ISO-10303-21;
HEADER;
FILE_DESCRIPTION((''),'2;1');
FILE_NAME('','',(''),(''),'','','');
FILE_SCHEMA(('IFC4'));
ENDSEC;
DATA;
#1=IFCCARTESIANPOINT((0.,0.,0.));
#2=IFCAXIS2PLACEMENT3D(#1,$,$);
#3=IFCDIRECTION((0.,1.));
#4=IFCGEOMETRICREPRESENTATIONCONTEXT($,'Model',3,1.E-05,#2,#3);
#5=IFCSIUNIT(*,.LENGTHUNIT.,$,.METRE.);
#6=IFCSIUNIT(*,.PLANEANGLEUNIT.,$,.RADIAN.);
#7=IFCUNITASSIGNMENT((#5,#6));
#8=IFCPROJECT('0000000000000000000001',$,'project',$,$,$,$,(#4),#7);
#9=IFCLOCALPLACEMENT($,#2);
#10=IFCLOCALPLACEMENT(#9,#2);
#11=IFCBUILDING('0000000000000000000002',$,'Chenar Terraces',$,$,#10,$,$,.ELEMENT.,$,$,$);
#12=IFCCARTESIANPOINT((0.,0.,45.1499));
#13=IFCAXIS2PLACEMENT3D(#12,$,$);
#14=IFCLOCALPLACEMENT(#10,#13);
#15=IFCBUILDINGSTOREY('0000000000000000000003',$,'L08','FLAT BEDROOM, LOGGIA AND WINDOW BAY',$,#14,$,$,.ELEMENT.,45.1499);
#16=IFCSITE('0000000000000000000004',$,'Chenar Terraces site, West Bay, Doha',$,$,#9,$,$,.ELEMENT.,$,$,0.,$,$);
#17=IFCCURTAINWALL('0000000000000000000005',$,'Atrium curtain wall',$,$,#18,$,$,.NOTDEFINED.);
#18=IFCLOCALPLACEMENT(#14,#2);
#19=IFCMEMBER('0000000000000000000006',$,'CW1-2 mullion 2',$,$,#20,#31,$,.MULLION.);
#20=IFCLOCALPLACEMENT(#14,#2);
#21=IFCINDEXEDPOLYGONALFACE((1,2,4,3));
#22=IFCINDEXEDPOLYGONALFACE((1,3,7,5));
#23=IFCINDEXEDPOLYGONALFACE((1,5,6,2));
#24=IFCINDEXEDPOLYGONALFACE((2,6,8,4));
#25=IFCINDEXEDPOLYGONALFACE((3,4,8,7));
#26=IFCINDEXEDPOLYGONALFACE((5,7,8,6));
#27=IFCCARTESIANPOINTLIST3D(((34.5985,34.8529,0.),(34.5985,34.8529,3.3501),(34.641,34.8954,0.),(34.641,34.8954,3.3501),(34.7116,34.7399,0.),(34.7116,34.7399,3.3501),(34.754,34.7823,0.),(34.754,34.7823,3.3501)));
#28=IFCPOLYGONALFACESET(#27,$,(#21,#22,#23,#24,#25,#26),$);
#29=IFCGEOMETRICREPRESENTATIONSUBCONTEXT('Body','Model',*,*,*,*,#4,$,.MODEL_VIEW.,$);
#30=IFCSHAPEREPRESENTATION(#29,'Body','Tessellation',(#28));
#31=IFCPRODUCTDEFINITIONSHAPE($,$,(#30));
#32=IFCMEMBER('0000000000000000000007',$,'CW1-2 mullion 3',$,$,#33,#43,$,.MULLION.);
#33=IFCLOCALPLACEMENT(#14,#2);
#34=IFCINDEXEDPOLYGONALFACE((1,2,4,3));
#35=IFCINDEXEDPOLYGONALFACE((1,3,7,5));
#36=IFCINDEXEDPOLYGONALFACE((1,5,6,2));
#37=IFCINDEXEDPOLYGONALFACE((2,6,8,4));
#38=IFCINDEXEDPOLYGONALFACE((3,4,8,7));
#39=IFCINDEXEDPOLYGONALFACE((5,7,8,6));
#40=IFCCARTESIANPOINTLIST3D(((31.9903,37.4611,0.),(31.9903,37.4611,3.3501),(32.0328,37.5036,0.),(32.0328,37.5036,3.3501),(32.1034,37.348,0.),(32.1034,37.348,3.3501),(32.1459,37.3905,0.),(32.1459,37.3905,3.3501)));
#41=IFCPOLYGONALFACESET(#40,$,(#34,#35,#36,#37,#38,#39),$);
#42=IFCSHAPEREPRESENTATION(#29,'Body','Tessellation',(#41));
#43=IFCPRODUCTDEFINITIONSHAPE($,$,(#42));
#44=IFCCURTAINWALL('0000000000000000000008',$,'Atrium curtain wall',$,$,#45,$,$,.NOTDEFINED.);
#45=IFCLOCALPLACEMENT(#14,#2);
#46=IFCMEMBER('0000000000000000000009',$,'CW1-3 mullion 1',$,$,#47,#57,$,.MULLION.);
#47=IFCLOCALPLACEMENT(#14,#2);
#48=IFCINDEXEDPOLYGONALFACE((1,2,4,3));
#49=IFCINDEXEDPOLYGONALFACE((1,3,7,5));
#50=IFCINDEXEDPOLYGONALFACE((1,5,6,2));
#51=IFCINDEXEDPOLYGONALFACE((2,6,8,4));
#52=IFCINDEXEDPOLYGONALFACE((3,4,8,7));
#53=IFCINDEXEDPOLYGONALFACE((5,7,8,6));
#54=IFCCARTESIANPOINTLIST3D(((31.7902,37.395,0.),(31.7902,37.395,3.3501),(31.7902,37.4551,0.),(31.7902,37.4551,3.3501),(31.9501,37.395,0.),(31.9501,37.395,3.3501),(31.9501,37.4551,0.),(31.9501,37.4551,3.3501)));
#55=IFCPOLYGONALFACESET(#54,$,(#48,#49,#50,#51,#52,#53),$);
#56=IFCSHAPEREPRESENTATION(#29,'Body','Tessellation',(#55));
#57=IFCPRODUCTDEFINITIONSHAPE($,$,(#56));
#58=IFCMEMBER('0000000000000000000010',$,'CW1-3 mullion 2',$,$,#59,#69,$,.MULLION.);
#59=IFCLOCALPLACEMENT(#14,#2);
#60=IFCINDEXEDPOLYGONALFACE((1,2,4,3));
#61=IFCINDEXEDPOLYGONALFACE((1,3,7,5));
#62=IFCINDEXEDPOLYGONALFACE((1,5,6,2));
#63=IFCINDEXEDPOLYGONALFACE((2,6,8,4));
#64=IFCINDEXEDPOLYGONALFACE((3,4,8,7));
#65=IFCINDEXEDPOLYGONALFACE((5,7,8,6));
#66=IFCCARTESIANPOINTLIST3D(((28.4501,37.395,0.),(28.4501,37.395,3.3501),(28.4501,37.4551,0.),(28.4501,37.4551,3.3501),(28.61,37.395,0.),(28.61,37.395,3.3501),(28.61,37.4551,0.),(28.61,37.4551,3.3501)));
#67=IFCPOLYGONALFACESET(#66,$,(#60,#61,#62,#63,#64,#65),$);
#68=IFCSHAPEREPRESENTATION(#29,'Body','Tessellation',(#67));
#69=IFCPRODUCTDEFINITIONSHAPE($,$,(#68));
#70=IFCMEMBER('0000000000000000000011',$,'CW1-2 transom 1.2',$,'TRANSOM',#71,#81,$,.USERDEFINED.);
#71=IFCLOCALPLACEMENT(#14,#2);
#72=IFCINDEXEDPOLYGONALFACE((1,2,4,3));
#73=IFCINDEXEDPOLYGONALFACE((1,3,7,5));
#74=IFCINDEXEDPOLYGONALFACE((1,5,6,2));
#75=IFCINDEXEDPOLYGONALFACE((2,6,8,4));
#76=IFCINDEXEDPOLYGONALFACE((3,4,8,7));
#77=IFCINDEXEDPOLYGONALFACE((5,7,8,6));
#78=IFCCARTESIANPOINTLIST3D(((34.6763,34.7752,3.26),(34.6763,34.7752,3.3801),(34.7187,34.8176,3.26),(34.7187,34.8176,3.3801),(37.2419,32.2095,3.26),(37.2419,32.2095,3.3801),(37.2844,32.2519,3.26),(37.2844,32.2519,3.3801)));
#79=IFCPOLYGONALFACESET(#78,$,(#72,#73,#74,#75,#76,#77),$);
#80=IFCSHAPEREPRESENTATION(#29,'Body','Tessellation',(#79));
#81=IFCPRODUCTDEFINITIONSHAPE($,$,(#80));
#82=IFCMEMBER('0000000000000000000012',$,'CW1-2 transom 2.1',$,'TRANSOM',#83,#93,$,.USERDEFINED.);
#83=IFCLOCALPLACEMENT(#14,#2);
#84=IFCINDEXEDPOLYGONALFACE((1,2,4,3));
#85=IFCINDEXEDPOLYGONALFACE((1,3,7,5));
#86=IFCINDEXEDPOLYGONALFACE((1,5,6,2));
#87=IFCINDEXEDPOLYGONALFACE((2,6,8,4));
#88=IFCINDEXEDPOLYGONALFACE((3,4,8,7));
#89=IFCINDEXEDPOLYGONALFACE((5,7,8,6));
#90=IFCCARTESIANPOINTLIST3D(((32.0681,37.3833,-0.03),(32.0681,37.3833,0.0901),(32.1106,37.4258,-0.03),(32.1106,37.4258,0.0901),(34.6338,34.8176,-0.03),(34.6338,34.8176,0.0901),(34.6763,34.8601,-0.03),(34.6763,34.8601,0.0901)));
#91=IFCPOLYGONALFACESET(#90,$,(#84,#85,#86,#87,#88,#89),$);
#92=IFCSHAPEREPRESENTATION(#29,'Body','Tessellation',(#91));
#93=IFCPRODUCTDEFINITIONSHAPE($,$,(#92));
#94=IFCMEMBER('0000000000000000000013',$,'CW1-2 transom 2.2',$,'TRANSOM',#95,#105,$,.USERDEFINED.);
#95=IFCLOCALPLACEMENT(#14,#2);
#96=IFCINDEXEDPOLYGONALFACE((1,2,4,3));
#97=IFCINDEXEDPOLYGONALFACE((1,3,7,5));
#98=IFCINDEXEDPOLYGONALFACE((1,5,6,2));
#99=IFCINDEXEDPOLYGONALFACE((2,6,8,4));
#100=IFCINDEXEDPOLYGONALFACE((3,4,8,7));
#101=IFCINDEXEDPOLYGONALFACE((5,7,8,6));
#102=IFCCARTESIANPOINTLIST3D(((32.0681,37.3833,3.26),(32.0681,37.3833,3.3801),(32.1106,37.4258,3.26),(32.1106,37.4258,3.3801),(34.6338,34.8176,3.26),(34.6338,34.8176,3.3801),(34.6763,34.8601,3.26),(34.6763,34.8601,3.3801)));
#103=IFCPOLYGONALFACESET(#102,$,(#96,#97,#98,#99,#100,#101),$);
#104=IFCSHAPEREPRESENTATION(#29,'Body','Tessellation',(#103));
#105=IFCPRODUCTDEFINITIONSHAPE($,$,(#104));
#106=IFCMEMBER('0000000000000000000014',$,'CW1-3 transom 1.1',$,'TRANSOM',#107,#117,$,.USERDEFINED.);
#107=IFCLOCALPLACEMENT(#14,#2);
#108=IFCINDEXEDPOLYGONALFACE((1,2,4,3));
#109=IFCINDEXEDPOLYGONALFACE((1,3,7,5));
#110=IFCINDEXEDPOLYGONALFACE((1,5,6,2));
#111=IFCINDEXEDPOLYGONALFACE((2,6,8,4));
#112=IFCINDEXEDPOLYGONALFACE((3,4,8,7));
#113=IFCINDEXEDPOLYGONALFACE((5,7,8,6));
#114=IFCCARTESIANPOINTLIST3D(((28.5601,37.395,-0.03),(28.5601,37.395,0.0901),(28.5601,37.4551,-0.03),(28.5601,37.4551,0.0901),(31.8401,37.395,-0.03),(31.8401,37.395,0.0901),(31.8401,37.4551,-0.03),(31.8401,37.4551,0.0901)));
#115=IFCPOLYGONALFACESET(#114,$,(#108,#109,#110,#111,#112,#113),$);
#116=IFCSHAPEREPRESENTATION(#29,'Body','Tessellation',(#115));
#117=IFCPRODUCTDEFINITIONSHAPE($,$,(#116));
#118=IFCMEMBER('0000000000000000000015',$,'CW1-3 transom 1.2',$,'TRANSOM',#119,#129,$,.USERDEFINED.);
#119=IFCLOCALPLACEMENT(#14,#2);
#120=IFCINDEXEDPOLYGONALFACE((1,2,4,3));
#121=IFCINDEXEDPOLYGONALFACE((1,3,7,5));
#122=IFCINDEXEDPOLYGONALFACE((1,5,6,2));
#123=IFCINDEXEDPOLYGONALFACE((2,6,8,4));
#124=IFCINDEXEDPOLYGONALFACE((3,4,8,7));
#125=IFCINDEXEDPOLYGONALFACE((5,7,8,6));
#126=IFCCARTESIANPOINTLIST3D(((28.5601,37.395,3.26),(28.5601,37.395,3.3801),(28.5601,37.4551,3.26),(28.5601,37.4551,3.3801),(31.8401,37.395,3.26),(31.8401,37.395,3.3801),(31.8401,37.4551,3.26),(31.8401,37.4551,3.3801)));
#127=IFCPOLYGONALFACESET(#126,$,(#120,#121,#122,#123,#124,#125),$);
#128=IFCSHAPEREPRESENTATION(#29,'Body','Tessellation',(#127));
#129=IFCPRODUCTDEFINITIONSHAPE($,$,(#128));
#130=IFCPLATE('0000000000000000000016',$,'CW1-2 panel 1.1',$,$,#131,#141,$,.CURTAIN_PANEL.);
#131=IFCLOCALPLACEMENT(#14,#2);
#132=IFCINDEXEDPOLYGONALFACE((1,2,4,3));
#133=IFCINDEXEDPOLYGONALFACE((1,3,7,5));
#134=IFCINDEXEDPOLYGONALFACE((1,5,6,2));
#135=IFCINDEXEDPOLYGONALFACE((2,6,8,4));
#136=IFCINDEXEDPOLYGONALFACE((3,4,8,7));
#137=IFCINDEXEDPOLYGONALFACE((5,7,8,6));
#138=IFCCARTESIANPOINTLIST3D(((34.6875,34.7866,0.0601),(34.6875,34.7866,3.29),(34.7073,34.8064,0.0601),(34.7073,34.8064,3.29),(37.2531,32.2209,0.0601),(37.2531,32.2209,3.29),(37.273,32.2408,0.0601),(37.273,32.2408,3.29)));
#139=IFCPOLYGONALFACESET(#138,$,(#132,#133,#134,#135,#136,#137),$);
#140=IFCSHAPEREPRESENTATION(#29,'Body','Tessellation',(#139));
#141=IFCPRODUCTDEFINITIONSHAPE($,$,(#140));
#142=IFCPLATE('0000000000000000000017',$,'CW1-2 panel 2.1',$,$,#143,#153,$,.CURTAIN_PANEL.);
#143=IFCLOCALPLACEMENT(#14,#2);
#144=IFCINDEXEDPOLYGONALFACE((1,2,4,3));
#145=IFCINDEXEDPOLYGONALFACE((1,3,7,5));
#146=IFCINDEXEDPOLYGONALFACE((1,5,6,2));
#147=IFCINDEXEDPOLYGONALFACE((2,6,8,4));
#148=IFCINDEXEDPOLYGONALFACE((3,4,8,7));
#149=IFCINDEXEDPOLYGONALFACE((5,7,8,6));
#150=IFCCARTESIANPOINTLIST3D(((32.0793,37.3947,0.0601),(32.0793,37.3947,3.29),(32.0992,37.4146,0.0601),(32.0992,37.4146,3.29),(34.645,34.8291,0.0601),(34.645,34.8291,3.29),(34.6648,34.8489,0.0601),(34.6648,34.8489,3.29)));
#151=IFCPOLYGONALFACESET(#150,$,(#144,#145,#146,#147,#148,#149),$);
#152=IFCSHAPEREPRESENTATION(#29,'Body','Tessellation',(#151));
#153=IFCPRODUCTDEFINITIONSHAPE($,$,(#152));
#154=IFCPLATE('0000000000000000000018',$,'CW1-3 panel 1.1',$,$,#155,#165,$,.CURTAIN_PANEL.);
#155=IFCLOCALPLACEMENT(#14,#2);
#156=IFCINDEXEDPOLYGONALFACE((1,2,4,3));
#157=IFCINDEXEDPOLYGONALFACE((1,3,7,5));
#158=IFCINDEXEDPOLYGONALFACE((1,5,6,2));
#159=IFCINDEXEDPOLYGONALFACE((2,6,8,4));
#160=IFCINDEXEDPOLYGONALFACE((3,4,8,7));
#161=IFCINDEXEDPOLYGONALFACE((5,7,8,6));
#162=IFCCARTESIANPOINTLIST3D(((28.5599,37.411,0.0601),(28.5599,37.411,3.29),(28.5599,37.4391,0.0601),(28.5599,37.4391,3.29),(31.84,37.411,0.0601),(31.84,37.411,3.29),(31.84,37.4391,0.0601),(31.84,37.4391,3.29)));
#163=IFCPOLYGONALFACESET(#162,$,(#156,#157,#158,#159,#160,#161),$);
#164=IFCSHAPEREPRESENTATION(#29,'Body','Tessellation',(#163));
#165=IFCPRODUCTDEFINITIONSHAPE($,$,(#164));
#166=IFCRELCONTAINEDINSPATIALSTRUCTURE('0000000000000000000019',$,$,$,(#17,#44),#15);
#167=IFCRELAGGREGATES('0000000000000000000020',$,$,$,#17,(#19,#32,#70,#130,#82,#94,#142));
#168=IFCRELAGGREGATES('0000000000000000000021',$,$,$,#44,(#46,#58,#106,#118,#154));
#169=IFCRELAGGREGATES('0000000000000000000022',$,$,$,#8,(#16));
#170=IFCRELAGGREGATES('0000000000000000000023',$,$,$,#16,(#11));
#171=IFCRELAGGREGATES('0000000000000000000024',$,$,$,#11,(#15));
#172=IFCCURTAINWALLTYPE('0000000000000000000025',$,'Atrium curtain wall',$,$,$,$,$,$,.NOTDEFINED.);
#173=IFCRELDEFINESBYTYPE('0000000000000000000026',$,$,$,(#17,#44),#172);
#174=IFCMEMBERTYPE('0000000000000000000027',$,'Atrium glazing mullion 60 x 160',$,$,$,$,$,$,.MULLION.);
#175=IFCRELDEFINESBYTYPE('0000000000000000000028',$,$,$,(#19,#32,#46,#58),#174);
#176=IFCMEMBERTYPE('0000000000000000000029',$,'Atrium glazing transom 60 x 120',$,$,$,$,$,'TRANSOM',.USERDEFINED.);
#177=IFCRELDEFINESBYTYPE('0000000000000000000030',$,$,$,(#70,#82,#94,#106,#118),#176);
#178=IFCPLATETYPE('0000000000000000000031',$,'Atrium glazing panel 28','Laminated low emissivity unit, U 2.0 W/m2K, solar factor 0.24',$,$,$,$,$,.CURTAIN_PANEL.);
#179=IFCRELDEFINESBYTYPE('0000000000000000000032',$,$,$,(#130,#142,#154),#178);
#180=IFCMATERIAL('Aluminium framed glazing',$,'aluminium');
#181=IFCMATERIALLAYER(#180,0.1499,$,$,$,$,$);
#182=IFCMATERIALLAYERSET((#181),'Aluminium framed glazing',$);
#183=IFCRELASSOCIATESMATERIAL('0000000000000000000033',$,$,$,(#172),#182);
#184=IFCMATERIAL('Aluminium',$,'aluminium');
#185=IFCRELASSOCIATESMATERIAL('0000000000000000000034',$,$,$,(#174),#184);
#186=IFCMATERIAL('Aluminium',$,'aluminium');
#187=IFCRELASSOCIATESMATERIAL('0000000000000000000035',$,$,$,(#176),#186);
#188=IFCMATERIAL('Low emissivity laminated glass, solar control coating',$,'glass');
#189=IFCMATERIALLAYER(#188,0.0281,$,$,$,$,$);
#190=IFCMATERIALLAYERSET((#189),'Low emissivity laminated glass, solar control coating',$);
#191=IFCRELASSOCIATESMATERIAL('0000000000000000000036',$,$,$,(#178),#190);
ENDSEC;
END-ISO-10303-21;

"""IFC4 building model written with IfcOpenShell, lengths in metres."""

from ifc_helpers import new_model, si_unit, direction, frame, origin, origin_2d, place, context, subcontext, project, spatial, rectangle, extrude, material, layer, layer_set, material_profile, profile_set, type_object, element, aggregate, save


model = new_model("IFC4")

# Units and contexts
model_context = context("Model", 3, precision=1e-05, world=origin(), true_north=direction((0.0, 1.0)))
body_context = subcontext(model_context, "Body", "Model", "MODEL_VIEW")
ifc_project = project(units=[si_unit("LENGTHUNIT", "METRE"), si_unit("PLANEANGLEUNIT", "RADIAN")], contexts=[model_context])

# Site, building, storey
site_placement = place(None, origin())
site = spatial("IfcSite", under=ifc_project, at=site_placement, Name="Chenar Terraces site, West Bay, Doha", CompositionType="ELEMENT", RefElevation=0.0)
building_placement = place(site_placement, origin())
building = spatial("IfcBuilding", under=site, at=building_placement, Name="Chenar Terraces", CompositionType="ELEMENT")
storey_placement = place(building_placement, frame((0.0, 0.0, 45.1499)))
storey = spatial("IfcBuildingStorey", under=building, at=storey_placement, Name="L08", Description="FLAT BEDROOM, LOGGIA AND WINDOW BAY", CompositionType="ELEMENT", Elevation=45.1499)

# Curtain walls, members
ifc_material_1 = material(Name="Aluminium framed glazing", Category="aluminium")
ifc_layer_1 = layer(ifc_material_1, 0.1499)
ifc_layer_set_1 = layer_set([ifc_layer_1], Name="Aluminium framed glazing")
curtain_wall_type = type_object("IfcCurtainWallType", Name="Atrium curtain wall", PredefinedType="NOTDEFINED", material=ifc_layer_set_1)
placement = place(storey_placement, origin())
curtain_wall_1 = element("IfcCurtainWall", 1, at=placement, inside=storey, type_object=curtain_wall_type, Name="Atrium curtain wall", PredefinedType="NOTDEFINED")
ifc_material_2 = material(Name="Aluminium", Category="aluminium")
ifc_material_profile_1 = material_profile(ifc_material_2, rectangle(XDim=0.0601, YDim=0.1599, at=origin_2d()), Name="Atrium glazing mullion 60 x 160")
ifc_profile_set_1 = profile_set([ifc_material_profile_1], Name="Aluminium")
member_type_1 = type_object("IfcMemberType", Name="Atrium glazing mullion 60 x 160", PredefinedType="MULLION", material=ifc_profile_set_1)
member_1_placement = place(storey_placement, frame((34.6763, 34.8176, 0.0), z_axis=(0.0, 0.0, 1.0), x_axis=(-0.707107, -0.707107, 0.0)))
member_1 = element("IfcMember", 2, at=member_1_placement, type_object=member_type_1, Name="CW1-2 mullion 2", PredefinedType="MULLION", context=body_context, shape_type="SweptSolid", body=[
    extrude(rectangle(XDim=0.0601, YDim=0.1599, at=origin_2d()), origin(), (0.0, 0.0, 1.0), 3.3501),
])
member_2_placement = place(storey_placement, frame((32.0681, 37.4258, 0.0), z_axis=(0.0, 0.0, 1.0), x_axis=(-0.707107, -0.707107, 0.0)))
member_2 = element("IfcMember", 3, at=member_2_placement, type_object=member_type_1, Name="CW1-2 mullion 3", PredefinedType="MULLION", context=body_context, shape_type="SweptSolid", body=[
    extrude(rectangle(XDim=0.0601, YDim=0.1599, at=origin_2d()), origin(), (0.0, 0.0, 1.0), 3.3501),
])
curtain_wall_2 = element("IfcCurtainWall", 4, at=placement, inside=storey, type_object=curtain_wall_type, Name="Atrium curtain wall", PredefinedType="NOTDEFINED")
member_3_placement = place(storey_placement, frame((31.8701, 37.425, 0.0), z_axis=(0.0, 0.0, 1.0), x_axis=(0.0, -1.0, 0.0)))
member_3 = element("IfcMember", 5, at=member_3_placement, type_object=member_type_1, Name="CW1-3 mullion 1", PredefinedType="MULLION", context=body_context, shape_type="SweptSolid", body=[
    extrude(rectangle(XDim=0.0601, YDim=0.1599, at=origin_2d()), origin(), (0.0, 0.0, 1.0), 3.3501),
])
member_4_placement = place(storey_placement, frame((28.53, 37.425, 0.0), z_axis=(0.0, 0.0, 1.0), x_axis=(0.0, -1.0, 0.0)))
member_4 = element("IfcMember", 6, at=member_4_placement, type_object=member_type_1, Name="CW1-3 mullion 2", PredefinedType="MULLION", context=body_context, shape_type="SweptSolid", body=[
    extrude(rectangle(XDim=0.0601, YDim=0.1599, at=origin_2d()), origin(), (0.0, 0.0, 1.0), 3.3501),
])

# Members
ifc_material_3 = material(Name="Aluminium", Category="aluminium")
ifc_material_profile_2 = material_profile(ifc_material_3, rectangle(XDim=0.0601, YDim=0.1201, at=origin_2d()), Name="Atrium glazing transom 60 x 120")
ifc_profile_set_2 = profile_set([ifc_material_profile_2], Name="Aluminium")
member_type_2 = type_object("IfcMemberType", Name="Atrium glazing transom 60 x 120", ElementType="TRANSOM", PredefinedType="USERDEFINED", material=ifc_profile_set_2)
member_5_placement = place(storey_placement, frame((37.2632, 32.2307, 3.3201), z_axis=(-0.707107, 0.707107, 0.0), x_axis=(-0.707107, -0.707107, 0.0)))
member_5 = element("IfcMember", 7, at=member_5_placement, type_object=member_type_2, Name="CW1-2 transom 1.2", ObjectType="TRANSOM", PredefinedType="USERDEFINED", context=body_context, shape_type="SweptSolid", body=[
    extrude(rectangle(XDim=0.0601, YDim=0.1201, at=origin_2d()), origin(), (0.0, 0.0, 1.0), 3.6284),
])
member_6_placement = place(storey_placement, frame((34.655, 34.8389, 0.03), z_axis=(-0.707107, 0.707107, 0.0), x_axis=(-0.707107, -0.707107, 0.0)))
member_6 = element("IfcMember", 8, at=member_6_placement, type_object=member_type_2, Name="CW1-2 transom 2.1", ObjectType="TRANSOM", PredefinedType="USERDEFINED", context=body_context, shape_type="SweptSolid", body=[
    extrude(rectangle(XDim=0.0601, YDim=0.1201, at=origin_2d()), origin(), (0.0, 0.0, 1.0), 3.6284),
])
member_7_placement = place(storey_placement, frame((34.655, 34.8389, 3.3201), z_axis=(-0.707107, 0.707107, 0.0), x_axis=(-0.707107, -0.707107, 0.0)))
member_7 = element("IfcMember", 9, at=member_7_placement, type_object=member_type_2, Name="CW1-2 transom 2.2", ObjectType="TRANSOM", PredefinedType="USERDEFINED", context=body_context, shape_type="SweptSolid", body=[
    extrude(rectangle(XDim=0.0601, YDim=0.1201, at=origin_2d()), origin(), (0.0, 0.0, 1.0), 3.6284),
])
member_8_placement = place(storey_placement, frame((31.8401, 37.425, 0.03), z_axis=(-1.0, 0.0, 0.0), x_axis=(0.0, -1.0, 0.0)))
member_8 = element("IfcMember", 10, at=member_8_placement, type_object=member_type_2, Name="CW1-3 transom 1.1", ObjectType="TRANSOM", PredefinedType="USERDEFINED", context=body_context, shape_type="SweptSolid", body=[
    extrude(rectangle(XDim=0.0601, YDim=0.1201, at=origin_2d()), origin(), (0.0, 0.0, 1.0), 3.28),
])
member_9_placement = place(storey_placement, frame((31.8401, 37.425, 3.3201), z_axis=(-1.0, 0.0, 0.0), x_axis=(0.0, -1.0, 0.0)))
member_9 = element("IfcMember", 11, at=member_9_placement, type_object=member_type_2, Name="CW1-3 transom 1.2", ObjectType="TRANSOM", PredefinedType="USERDEFINED", context=body_context, shape_type="SweptSolid", body=[
    extrude(rectangle(XDim=0.0601, YDim=0.1201, at=origin_2d()), origin(), (0.0, 0.0, 1.0), 3.28),
])

# Plates
ifc_material_4 = material(Name="Low emissivity laminated glass, solar control coating", Category="glass")
ifc_layer_2 = layer(ifc_material_4, 0.0281)
ifc_layer_set_2 = layer_set([ifc_layer_2], Name="Low emissivity laminated glass, solar control coating")
plate_type = type_object("IfcPlateType", Name="Atrium glazing panel 28", Description="Laminated low emissivity unit, U 2.0 W/m2K, solar factor 0.24", PredefinedType="CURTAIN_PANEL", material=ifc_layer_set_2)
plate_1_placement = place(storey_placement, frame((35.9802, 33.5137, 0.0601), z_axis=(0.0, 0.0, 1.0), x_axis=(-0.707107, 0.707107, 0.0)))
plate_1 = element("IfcPlate", 12, at=plate_1_placement, type_object=plate_type, Name="CW1-2 panel 1.1", PredefinedType="CURTAIN_PANEL", context=body_context, shape_type="SweptSolid", body=[
    extrude(rectangle(XDim=3.6284, YDim=0.0281, at=origin_2d()), origin(), (0.0, 0.0, 1.0), 3.23),
])
plate_2_placement = place(storey_placement, frame((33.3721, 36.1218, 0.0601), z_axis=(0.0, 0.0, 1.0), x_axis=(-0.707107, 0.707107, 0.0)))
plate_2 = element("IfcPlate", 13, at=plate_2_placement, type_object=plate_type, Name="CW1-2 panel 2.1", PredefinedType="CURTAIN_PANEL", context=body_context, shape_type="SweptSolid", body=[
    extrude(rectangle(XDim=3.6284, YDim=0.0281, at=origin_2d()), origin(), (0.0, 0.0, 1.0), 3.23),
])
aggregate(curtain_wall_1, [member_1, member_2, member_5, plate_1, member_6, member_7, plate_2])
plate_3_placement = place(storey_placement, frame((30.2, 37.425, 0.0601), z_axis=(0.0, 0.0, 1.0), x_axis=(-1.0, 0.0, 0.0)))
plate_3 = element("IfcPlate", 14, at=plate_3_placement, type_object=plate_type, Name="CW1-3 panel 1.1", PredefinedType="CURTAIN_PANEL", context=body_context, shape_type="SweptSolid", body=[
    extrude(rectangle(XDim=3.28, YDim=0.0281, at=origin_2d()), origin(), (0.0, 0.0, 1.0), 3.23),
])
aggregate(curtain_wall_2, [member_3, member_4, member_8, member_9, plate_3])

save(model, "model.ifc")
